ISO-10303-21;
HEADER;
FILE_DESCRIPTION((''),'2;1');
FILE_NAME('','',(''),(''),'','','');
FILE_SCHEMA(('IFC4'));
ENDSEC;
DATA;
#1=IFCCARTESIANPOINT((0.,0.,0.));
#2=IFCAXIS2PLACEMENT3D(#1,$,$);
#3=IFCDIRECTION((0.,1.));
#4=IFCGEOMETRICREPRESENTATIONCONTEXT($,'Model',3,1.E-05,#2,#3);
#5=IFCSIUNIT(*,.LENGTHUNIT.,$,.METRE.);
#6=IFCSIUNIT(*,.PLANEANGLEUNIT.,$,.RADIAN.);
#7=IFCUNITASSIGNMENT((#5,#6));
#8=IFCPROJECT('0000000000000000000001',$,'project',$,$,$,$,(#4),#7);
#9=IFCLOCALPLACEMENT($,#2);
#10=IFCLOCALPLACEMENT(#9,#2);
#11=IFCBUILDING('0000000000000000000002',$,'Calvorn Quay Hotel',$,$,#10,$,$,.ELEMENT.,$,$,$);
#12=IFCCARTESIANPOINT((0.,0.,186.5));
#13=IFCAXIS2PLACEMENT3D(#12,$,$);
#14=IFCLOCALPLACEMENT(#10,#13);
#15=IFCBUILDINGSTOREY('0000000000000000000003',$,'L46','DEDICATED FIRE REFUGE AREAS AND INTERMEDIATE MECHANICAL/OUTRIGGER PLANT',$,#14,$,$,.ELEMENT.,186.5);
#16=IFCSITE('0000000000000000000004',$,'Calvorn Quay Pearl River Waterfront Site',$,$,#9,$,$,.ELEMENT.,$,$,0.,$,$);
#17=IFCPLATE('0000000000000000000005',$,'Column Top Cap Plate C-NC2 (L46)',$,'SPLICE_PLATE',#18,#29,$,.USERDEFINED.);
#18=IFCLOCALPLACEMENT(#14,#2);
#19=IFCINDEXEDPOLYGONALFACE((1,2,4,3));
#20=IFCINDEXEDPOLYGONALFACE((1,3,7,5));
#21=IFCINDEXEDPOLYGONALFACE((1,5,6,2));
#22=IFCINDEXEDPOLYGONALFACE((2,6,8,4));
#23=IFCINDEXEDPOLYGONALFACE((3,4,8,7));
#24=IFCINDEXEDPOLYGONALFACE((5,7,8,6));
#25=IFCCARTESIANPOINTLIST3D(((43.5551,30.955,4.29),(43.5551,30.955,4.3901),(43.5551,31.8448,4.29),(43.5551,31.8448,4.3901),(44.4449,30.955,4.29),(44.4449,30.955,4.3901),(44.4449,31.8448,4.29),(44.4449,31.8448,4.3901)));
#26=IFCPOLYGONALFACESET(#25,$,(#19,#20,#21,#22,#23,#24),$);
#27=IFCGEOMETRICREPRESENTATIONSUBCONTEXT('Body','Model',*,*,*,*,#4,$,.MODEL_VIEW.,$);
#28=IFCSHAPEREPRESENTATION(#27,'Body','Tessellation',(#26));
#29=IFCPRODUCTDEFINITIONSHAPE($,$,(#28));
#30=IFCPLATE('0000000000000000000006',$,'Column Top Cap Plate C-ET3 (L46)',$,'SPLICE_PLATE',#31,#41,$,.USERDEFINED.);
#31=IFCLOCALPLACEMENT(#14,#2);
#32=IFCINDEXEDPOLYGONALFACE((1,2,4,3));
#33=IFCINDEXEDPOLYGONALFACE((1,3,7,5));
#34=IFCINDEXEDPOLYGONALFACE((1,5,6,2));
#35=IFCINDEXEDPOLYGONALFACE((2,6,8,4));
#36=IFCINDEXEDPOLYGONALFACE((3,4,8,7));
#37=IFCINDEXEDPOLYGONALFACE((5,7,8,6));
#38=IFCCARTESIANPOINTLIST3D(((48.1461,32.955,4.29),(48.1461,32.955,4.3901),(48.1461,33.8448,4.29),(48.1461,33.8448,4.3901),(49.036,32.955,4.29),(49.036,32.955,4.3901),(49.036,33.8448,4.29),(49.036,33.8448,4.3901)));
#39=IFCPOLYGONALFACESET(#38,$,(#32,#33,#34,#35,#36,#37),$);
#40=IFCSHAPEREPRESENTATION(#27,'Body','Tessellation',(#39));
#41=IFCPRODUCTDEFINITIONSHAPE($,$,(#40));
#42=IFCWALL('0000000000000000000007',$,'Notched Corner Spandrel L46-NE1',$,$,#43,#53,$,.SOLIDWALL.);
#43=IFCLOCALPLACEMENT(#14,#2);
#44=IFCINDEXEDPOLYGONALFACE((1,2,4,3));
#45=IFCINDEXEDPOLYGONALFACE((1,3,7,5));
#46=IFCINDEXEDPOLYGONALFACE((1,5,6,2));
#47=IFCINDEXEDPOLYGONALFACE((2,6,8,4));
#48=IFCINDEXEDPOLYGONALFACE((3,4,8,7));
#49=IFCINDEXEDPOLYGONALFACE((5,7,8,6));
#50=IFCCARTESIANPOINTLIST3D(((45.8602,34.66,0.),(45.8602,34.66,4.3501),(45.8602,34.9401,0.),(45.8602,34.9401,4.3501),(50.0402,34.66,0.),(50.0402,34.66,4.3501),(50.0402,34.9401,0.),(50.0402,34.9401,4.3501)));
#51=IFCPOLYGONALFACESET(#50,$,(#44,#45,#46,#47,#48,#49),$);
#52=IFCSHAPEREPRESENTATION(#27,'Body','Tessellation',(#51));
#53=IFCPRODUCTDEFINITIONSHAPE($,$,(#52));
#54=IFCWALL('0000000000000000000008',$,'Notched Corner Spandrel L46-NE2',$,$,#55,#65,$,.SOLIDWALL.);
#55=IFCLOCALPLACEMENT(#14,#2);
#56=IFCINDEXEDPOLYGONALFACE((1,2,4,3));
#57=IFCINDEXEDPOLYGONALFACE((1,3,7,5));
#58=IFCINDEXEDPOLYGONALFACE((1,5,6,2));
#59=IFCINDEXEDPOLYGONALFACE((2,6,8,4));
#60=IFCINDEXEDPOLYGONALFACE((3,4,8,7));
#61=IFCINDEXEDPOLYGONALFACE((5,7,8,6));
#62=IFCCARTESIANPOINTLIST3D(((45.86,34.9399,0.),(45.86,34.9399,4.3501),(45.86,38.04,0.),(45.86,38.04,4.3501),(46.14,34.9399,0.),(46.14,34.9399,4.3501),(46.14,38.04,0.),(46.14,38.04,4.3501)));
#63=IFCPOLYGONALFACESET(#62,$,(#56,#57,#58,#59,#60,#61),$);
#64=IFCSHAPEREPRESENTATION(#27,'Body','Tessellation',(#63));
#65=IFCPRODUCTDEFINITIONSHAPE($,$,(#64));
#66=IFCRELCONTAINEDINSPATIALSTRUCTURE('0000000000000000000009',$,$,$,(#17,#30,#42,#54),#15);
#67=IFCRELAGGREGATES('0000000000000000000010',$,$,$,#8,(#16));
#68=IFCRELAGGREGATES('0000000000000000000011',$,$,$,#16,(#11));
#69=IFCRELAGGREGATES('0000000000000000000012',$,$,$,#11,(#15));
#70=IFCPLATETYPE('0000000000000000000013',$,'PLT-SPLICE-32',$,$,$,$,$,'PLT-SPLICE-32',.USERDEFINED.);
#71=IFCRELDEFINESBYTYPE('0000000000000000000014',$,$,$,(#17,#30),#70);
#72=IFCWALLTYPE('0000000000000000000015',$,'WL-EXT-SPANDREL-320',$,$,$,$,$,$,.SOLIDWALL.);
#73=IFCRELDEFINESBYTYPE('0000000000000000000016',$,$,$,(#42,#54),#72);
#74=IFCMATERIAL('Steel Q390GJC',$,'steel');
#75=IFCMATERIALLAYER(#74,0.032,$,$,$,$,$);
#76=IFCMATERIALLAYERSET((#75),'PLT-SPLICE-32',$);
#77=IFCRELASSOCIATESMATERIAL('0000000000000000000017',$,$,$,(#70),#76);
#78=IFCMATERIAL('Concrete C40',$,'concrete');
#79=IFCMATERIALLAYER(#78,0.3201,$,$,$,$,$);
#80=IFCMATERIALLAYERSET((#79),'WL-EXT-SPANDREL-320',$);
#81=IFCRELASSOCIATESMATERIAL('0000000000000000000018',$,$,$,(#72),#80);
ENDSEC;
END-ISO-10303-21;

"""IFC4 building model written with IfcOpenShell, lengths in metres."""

from ifc_helpers import new_model, si_unit, direction, frame, frame_2d, origin, origin_2d, place, context, subcontext, project, spatial, rectangle, extrude, material, layer, layer_set, type_object, element, save


model = new_model("IFC4")

# Units and contexts
model_context = context("Model", 3, precision=1e-05, world=origin(), true_north=direction((0.0, 1.0)))
body_context = subcontext(model_context, "Body", "Model", "MODEL_VIEW")
ifc_project = project(units=[si_unit("LENGTHUNIT", "METRE"), si_unit("PLANEANGLEUNIT", "RADIAN")], contexts=[model_context])

# Site, building, storey
site_placement = place(None, origin())
site = spatial("IfcSite", under=ifc_project, at=site_placement, Name="Calvorn Quay Pearl River Waterfront Site", CompositionType="ELEMENT", RefElevation=0.0)
building_placement = place(site_placement, origin())
building = spatial("IfcBuilding", under=site, at=building_placement, Name="Calvorn Quay Hotel", CompositionType="ELEMENT")
storey_placement = place(building_placement, frame((0.0, 0.0, 186.5)))
storey = spatial("IfcBuildingStorey", under=building, at=storey_placement, Name="L46", Description="DEDICATED FIRE REFUGE AREAS AND INTERMEDIATE MECHANICAL/OUTRIGGER PLANT", CompositionType="ELEMENT", Elevation=186.5)

# Plates
ifc_material_1 = material(Name="Steel Q390GJC", Category="steel")
ifc_layer_1 = layer(ifc_material_1, 0.032)
ifc_layer_set_1 = layer_set([ifc_layer_1], Name="PLT-SPLICE-32")
plate_type_1 = type_object("IfcPlateType", Name="PLT-SPLICE-32", ElementType="PLT-SPLICE-32", PredefinedType="USERDEFINED", material=ifc_layer_set_1)
for number, where, z_axis, x_axis, name in (
    (1, (44.0, 31.3999, 4.29), (0.0, 0.0, 1.0), (1.0, 0.0, 0.0), "Column Top Cap Plate C-NC2 (L46)"),
    (2, (48.5911, 33.3999, 4.29), (0.0, 0.0, 1.0), (1.0, 0.0, 0.0), "Column Top Cap Plate C-ET3 (L46)"),
):
    element("IfcPlate", number, at=place(storey_placement, frame(where, z_axis=z_axis, x_axis=x_axis)), inside=storey, type_object=plate_type_1, Name=name, ObjectType="SPLICE_PLATE", PredefinedType="USERDEFINED", context=body_context, shape_type="SweptSolid", body=[
        extrude(rectangle(XDim=0.8899, YDim=0.8899, at=origin_2d()), origin(), (0.0, 0.0, 1.0), 0.1001),
    ])

# Walls
ifc_material_2 = material(Name="Concrete C40", Category="concrete")
ifc_layer_2 = layer(ifc_material_2, 0.3201)
ifc_layer_set_2 = layer_set([ifc_layer_2], Name="WL-EXT-SPANDREL-320")
wall_type = type_object("IfcWallType", Name="WL-EXT-SPANDREL-320", PredefinedType="SOLIDWALL", material=ifc_layer_set_2)
wall_1_placement = place(storey_placement, frame((50.04, 34.8, 0.0), z_axis=(0.0, 0.0, 1.0), x_axis=(-1.0, 0.0, 0.0)))
element("IfcWall", 3, at=wall_1_placement, inside=storey, type_object=wall_type, Name="Notched Corner Spandrel L46-NE1", PredefinedType="SOLIDWALL", context=body_context, shape_type="SweptSolid", body=[
    extrude(rectangle(XDim=4.1799, YDim=0.28, at=frame_2d((2.0898, 0.0))), origin(), (0.0, 0.0, 1.0), 4.3501),
])
wall_2_placement = place(storey_placement, frame((46.0, 34.9399, 0.0), z_axis=(0.0, 0.0, 1.0), x_axis=(0.0, 1.0, 0.0)))
element("IfcWall", 4, at=wall_2_placement, inside=storey, type_object=wall_type, Name="Notched Corner Spandrel L46-NE2", PredefinedType="SOLIDWALL", context=body_context, shape_type="SweptSolid", body=[
    extrude(rectangle(XDim=3.1001, YDim=0.28, at=frame_2d((1.55, 0.0))), origin(), (0.0, 0.0, 1.0), 4.3501),
])

save(model, "model.ifc")
